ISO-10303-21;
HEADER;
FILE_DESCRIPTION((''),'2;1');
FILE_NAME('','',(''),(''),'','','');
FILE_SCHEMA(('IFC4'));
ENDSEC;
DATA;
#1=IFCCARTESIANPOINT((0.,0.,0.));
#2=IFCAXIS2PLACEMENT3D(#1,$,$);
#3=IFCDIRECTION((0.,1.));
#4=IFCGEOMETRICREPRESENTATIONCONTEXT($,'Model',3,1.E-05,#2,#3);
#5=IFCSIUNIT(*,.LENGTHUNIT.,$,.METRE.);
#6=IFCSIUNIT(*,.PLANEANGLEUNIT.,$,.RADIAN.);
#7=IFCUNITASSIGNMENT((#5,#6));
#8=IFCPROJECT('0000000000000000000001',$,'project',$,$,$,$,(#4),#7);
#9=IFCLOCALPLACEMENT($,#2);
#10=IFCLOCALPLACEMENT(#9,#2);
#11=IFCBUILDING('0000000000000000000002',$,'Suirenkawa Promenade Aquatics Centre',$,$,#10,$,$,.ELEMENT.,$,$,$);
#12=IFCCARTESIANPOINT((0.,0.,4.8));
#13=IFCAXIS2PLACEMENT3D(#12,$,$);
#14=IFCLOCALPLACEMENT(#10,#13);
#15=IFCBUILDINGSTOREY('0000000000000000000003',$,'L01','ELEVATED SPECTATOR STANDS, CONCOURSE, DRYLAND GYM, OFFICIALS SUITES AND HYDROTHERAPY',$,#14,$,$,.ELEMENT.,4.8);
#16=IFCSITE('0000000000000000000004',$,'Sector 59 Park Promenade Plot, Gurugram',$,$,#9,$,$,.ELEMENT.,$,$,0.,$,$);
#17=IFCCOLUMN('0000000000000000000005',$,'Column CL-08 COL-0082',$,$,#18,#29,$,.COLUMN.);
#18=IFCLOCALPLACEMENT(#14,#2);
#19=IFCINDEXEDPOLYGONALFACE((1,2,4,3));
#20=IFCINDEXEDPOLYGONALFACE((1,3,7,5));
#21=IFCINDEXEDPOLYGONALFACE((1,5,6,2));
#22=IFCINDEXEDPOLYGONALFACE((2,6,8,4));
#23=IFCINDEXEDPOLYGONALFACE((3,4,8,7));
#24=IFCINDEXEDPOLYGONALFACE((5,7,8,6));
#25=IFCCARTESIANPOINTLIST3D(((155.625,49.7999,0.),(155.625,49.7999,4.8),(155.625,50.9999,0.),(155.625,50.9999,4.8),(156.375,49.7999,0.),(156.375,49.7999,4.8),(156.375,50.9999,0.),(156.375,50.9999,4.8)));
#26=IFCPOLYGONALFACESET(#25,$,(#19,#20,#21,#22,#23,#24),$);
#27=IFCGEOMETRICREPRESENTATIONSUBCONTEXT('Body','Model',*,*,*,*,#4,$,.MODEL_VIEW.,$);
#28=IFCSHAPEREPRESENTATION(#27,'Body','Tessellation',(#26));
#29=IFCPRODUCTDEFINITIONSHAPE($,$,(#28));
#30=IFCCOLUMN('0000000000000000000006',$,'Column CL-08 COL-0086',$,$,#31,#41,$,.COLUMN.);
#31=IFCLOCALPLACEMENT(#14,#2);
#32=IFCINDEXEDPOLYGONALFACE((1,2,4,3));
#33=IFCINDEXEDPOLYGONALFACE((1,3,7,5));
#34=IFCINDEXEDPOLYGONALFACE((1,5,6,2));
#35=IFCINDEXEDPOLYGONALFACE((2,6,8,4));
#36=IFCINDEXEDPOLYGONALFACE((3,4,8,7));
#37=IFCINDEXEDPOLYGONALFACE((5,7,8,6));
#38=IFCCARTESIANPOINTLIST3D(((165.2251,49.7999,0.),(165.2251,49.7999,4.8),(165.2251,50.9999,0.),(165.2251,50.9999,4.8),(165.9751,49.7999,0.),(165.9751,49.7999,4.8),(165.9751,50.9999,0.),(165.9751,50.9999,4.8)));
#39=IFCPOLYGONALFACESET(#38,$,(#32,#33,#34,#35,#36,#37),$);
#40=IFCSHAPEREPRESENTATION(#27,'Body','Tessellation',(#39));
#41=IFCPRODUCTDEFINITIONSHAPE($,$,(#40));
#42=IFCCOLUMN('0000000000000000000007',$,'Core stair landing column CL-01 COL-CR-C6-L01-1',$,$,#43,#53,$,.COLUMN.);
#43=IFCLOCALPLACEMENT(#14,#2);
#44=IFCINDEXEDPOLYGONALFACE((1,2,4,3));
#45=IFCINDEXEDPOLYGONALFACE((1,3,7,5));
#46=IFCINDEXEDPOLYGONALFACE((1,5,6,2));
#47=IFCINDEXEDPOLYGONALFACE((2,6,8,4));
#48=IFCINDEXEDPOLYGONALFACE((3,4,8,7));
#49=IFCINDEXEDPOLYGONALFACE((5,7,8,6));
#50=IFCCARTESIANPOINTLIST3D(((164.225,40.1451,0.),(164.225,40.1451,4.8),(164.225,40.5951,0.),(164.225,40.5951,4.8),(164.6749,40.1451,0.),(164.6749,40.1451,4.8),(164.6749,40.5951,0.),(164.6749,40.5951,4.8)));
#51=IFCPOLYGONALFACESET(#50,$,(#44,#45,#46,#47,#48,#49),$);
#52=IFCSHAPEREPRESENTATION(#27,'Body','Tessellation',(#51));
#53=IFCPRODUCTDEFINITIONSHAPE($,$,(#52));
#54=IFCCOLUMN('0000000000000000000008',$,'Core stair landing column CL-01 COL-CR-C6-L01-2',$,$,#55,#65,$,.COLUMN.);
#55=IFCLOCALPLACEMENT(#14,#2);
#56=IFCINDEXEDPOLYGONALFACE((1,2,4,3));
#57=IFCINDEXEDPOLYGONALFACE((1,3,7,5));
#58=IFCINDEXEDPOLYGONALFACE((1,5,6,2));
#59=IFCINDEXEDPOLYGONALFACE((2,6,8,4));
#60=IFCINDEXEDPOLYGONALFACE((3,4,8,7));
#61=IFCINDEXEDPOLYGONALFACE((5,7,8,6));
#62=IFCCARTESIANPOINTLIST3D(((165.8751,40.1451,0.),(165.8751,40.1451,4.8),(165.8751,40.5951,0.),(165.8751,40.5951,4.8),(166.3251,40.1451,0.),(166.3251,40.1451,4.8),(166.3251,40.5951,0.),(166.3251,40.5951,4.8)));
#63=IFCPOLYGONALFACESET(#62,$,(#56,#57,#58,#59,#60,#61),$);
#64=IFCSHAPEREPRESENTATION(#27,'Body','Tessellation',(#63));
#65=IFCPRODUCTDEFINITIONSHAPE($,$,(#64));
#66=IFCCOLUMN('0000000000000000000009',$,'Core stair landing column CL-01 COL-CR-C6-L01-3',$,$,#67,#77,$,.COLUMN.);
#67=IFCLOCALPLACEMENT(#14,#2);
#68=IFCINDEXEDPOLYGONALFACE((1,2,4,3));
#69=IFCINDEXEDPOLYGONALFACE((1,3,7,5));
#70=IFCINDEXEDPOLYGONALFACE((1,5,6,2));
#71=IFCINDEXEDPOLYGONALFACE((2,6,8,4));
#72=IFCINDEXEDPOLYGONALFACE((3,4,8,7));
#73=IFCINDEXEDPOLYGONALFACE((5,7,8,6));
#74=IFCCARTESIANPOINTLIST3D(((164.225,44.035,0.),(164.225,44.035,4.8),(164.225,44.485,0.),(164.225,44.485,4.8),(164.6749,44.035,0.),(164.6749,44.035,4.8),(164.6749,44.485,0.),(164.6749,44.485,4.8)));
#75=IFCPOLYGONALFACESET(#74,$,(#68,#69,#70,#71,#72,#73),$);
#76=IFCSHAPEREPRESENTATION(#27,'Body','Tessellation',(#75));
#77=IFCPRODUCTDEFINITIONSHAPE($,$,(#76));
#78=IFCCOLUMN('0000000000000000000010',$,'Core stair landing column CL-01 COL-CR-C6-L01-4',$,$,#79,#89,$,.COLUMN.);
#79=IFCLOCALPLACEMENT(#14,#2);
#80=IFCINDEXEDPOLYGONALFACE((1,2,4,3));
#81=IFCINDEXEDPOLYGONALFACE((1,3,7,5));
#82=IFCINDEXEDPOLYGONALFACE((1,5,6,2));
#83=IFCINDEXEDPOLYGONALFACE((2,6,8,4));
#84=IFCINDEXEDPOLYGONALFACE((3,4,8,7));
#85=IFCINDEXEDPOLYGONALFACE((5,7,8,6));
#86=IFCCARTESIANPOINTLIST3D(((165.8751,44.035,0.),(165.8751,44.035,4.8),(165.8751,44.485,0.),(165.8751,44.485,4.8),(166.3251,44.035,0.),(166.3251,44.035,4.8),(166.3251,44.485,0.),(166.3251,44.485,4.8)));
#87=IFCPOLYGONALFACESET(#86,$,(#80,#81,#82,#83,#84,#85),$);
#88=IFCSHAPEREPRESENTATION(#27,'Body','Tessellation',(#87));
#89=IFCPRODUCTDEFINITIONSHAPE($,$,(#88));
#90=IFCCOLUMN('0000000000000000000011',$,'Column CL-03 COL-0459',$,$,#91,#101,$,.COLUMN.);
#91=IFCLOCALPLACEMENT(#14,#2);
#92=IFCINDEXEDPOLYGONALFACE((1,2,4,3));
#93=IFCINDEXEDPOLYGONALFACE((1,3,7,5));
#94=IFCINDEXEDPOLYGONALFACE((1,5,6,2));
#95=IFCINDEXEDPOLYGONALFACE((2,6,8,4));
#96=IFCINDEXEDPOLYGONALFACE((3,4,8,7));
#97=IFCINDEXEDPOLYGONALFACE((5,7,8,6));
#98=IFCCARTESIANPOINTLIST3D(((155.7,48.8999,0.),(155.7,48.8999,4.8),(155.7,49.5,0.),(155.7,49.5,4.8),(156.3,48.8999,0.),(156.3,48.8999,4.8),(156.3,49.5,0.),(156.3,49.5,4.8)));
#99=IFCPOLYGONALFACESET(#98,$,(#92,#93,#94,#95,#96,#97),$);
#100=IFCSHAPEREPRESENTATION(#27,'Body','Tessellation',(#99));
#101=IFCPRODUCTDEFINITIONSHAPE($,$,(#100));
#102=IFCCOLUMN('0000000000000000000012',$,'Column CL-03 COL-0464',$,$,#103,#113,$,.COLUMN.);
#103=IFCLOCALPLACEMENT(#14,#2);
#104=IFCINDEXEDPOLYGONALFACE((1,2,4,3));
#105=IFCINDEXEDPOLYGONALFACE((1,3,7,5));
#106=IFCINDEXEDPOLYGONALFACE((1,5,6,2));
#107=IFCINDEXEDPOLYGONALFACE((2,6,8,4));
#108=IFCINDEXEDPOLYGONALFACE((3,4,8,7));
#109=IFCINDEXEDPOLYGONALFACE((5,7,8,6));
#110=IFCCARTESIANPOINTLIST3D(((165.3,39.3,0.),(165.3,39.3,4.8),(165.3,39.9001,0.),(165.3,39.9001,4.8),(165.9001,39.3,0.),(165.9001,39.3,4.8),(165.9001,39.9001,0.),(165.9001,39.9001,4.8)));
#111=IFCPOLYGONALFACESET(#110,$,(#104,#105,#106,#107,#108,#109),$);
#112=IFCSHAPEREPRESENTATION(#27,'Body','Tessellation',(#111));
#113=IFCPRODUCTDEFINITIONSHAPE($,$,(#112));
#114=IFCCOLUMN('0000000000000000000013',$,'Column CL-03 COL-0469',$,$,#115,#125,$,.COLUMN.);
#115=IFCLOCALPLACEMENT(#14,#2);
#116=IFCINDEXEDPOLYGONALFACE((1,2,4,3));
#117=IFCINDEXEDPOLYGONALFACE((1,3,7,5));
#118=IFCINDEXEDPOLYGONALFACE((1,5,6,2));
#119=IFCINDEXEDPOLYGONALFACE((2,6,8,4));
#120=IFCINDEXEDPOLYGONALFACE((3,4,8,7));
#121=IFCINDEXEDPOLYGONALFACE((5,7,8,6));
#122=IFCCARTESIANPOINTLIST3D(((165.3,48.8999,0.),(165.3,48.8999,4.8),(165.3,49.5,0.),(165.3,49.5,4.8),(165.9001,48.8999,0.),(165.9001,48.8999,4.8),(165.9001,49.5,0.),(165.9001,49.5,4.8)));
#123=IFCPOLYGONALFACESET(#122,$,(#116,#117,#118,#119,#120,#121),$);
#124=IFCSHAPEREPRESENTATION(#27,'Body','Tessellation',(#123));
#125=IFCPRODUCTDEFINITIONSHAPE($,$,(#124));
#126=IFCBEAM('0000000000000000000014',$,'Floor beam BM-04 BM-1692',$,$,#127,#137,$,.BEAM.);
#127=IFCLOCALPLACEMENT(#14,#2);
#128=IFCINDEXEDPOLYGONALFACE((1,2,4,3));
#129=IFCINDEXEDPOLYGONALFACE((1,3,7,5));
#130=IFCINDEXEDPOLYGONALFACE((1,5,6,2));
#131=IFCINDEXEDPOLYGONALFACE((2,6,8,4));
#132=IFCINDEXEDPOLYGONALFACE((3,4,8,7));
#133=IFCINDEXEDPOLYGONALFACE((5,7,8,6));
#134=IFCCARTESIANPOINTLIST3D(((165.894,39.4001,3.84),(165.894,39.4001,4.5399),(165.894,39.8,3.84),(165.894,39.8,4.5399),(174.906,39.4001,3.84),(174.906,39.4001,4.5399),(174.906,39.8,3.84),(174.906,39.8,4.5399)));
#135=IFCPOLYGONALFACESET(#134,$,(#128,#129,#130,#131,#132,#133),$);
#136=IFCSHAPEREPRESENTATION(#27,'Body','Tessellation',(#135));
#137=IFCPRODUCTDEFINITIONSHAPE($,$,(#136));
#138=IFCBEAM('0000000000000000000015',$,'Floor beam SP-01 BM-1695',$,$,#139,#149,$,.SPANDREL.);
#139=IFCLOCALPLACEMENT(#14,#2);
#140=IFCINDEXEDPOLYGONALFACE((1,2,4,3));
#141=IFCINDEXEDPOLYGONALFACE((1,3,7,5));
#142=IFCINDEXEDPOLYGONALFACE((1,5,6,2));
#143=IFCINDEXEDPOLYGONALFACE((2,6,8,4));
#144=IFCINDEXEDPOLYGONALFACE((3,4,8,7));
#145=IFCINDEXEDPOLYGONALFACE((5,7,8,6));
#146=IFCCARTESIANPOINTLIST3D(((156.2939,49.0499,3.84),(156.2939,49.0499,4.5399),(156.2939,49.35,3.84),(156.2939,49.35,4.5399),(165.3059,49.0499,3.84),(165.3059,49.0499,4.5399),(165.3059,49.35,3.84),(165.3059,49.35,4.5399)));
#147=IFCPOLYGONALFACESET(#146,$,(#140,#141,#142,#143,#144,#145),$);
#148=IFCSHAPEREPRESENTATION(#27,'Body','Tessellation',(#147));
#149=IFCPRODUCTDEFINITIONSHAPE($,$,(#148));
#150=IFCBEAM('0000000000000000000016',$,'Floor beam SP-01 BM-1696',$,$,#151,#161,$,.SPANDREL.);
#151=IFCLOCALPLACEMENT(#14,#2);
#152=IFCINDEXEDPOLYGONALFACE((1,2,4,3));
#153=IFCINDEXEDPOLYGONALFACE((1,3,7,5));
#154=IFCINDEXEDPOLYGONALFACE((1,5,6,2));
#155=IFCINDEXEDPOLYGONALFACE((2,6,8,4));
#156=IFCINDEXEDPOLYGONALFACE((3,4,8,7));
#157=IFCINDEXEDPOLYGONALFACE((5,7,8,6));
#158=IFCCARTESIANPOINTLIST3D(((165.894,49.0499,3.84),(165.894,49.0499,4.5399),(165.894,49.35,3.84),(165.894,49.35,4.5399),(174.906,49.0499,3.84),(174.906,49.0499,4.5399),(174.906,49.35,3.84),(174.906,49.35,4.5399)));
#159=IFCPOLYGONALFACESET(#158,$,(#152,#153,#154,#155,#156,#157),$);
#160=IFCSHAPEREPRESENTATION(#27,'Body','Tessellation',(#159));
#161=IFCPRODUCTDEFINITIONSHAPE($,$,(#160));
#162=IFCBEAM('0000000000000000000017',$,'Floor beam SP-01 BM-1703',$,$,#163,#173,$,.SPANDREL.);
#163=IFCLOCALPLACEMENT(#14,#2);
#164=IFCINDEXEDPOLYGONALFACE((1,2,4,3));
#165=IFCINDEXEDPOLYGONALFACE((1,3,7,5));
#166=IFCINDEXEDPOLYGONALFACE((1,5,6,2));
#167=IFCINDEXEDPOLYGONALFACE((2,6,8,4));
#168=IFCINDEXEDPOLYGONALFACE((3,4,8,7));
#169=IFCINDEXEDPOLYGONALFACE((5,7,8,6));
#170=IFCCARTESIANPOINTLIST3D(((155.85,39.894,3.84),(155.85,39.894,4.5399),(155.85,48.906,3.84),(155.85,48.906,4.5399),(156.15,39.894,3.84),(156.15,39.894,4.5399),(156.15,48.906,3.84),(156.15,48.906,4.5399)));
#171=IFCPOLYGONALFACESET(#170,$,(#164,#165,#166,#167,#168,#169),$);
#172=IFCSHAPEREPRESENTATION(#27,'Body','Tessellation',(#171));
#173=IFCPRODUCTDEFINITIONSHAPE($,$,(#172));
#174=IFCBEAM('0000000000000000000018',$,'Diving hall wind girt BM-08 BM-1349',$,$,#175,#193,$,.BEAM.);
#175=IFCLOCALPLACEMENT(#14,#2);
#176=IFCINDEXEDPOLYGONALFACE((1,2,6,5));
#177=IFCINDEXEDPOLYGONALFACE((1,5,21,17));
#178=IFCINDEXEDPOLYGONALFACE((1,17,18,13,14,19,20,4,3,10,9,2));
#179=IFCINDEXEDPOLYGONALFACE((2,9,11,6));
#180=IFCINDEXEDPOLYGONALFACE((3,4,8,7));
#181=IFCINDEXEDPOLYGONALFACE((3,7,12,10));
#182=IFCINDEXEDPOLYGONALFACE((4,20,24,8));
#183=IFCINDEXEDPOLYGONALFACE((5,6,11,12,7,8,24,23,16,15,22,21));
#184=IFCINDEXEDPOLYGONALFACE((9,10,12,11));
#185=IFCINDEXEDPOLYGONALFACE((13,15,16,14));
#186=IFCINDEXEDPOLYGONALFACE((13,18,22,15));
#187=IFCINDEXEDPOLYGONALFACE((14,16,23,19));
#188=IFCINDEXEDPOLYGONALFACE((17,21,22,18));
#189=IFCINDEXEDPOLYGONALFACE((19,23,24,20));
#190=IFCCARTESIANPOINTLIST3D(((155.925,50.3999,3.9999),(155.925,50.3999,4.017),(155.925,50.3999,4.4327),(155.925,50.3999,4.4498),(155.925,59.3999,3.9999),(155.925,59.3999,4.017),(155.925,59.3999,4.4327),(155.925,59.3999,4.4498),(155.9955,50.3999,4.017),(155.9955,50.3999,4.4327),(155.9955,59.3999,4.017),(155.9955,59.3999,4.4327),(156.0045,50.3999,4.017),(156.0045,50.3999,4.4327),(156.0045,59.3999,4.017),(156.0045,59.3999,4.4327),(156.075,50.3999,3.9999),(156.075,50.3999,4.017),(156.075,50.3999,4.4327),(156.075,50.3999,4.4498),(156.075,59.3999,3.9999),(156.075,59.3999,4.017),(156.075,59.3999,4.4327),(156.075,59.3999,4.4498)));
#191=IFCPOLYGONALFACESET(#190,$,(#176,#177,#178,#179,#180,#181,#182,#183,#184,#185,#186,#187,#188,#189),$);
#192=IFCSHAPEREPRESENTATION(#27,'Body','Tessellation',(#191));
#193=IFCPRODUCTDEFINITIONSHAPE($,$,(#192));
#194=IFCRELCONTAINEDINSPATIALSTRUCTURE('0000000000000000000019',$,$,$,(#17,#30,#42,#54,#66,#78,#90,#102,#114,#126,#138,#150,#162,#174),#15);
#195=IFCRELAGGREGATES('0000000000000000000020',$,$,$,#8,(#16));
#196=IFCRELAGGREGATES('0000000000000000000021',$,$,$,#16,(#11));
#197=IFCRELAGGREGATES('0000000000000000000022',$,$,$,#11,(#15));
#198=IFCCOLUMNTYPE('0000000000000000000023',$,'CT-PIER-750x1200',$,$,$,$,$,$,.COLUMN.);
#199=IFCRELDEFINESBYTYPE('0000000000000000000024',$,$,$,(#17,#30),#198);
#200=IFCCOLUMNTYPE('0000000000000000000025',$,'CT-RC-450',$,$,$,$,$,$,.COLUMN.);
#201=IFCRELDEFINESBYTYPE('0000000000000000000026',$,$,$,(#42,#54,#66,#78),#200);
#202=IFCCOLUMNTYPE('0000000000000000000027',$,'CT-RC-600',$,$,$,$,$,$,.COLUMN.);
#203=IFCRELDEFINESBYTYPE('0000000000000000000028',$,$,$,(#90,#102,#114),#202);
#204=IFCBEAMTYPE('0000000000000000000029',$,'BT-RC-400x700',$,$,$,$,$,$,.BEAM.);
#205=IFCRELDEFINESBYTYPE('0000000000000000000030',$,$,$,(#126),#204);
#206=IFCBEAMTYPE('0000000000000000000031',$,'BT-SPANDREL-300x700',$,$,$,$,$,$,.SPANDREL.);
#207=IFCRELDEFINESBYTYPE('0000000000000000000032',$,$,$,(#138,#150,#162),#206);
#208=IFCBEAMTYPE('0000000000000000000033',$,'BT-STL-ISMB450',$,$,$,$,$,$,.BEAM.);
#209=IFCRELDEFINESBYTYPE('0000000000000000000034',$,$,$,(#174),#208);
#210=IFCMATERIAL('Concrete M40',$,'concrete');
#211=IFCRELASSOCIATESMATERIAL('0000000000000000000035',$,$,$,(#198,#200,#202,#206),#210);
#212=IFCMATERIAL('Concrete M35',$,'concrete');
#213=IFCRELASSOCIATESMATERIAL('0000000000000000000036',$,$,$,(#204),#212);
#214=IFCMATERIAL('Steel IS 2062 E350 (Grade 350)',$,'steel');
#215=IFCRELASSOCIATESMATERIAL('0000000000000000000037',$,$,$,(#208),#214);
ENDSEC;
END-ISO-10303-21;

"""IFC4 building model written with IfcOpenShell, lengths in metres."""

from ifc_helpers import new_model, si_unit, direction, frame, origin, origin_2d, place, context, subcontext, project, spatial, rectangle, i_section, extrude, material, material_profile, profile_set, type_object, element, save


model = new_model("IFC4")

# Units and contexts
model_context = context("Model", 3, precision=1e-05, world=origin(), true_north=direction((0.0, 1.0)))
body_context = subcontext(model_context, "Body", "Model", "MODEL_VIEW")
ifc_project = project(units=[si_unit("LENGTHUNIT", "METRE"), si_unit("PLANEANGLEUNIT", "RADIAN")], contexts=[model_context])

# Site, building, storey
site_placement = place(None, origin())
site = spatial("IfcSite", under=ifc_project, at=site_placement, Name="Sector 59 Park Promenade Plot, Gurugram", CompositionType="ELEMENT", RefElevation=0.0)
building_placement = place(site_placement, origin())
building = spatial("IfcBuilding", under=site, at=building_placement, Name="Suirenkawa Promenade Aquatics Centre", CompositionType="ELEMENT")
storey_placement = place(building_placement, frame((0.0, 0.0, 4.8)))
storey = spatial("IfcBuildingStorey", under=building, at=storey_placement, Name="L01", Description="ELEVATED SPECTATOR STANDS, CONCOURSE, DRYLAND GYM, OFFICIALS SUITES AND HYDROTHERAPY", CompositionType="ELEMENT", Elevation=4.8)

# Columns
ifc_material_1 = material(Name="Concrete M40", Category="concrete")
ifc_material_profile_1 = material_profile(ifc_material_1, rectangle(XDim=0.75, YDim=1.2, at=origin_2d()), Name="RC PIER 750x1200", Category="concrete")
ifc_profile_set_1 = profile_set([ifc_material_profile_1], Name="Concrete M40")
column_type_1 = type_object("IfcColumnType", Name="CT-PIER-750x1200", PredefinedType="COLUMN", material=ifc_profile_set_1)
for number, where, z_axis, x_axis, name in (
    (1, (156.0, 50.3999, 0.0), (0.0, 0.0, 1.0), (1.0, 0.0, 0.0), "Column CL-08 COL-0082"),
    (2, (165.6001, 50.3999, 0.0), (0.0, 0.0, 1.0), (1.0, 0.0, 0.0), "Column CL-08 COL-0086"),
):
    element("IfcColumn", number, at=place(storey_placement, frame(where, z_axis=z_axis, x_axis=x_axis)), inside=storey, type_object=column_type_1, Name=name, PredefinedType="COLUMN", context=body_context, shape_type="SweptSolid", body=[
        extrude(rectangle(XDim=0.75, YDim=1.2, at=origin_2d()), origin(), (0.0, 0.0, 1.0), 4.8),
    ])
ifc_material_profile_2 = material_profile(ifc_material_1, rectangle(XDim=0.45, YDim=0.45, at=origin_2d()), Name="RC COL 450x450", Category="concrete")
ifc_profile_set_2 = profile_set([ifc_material_profile_2], Name="Concrete M40")
column_type_2 = type_object("IfcColumnType", Name="CT-RC-450", PredefinedType="COLUMN", material=ifc_profile_set_2)
for number, where, z_axis, x_axis, name in (
    (3, (164.45, 40.3701, 0.0), (0.0, 0.0, 1.0), (1.0, 0.0, 0.0), "Core stair landing column CL-01 COL-CR-C6-L01-1"),
    (4, (166.1001, 40.3701, 0.0), (0.0, 0.0, 1.0), (1.0, 0.0, 0.0), "Core stair landing column CL-01 COL-CR-C6-L01-2"),
    (5, (164.45, 44.26, 0.0), (0.0, 0.0, 1.0), (1.0, 0.0, 0.0), "Core stair landing column CL-01 COL-CR-C6-L01-3"),
    (6, (166.1001, 44.26, 0.0), (0.0, 0.0, 1.0), (1.0, 0.0, 0.0), "Core stair landing column CL-01 COL-CR-C6-L01-4"),
):
    element("IfcColumn", number, at=place(storey_placement, frame(where, z_axis=z_axis, x_axis=x_axis)), inside=storey, type_object=column_type_2, Name=name, PredefinedType="COLUMN", context=body_context, shape_type="SweptSolid", body=[
        extrude(rectangle(XDim=0.45, YDim=0.45, at=origin_2d()), origin(), (0.0, 0.0, 1.0), 4.8),
    ])
ifc_material_profile_3 = material_profile(ifc_material_1, rectangle(XDim=0.6001, YDim=0.6001, at=origin_2d()), Name="RC COL 600x600", Category="concrete")
ifc_profile_set_3 = profile_set([ifc_material_profile_3], Name="Concrete M40")
column_type_3 = type_object("IfcColumnType", Name="CT-RC-600", PredefinedType="COLUMN", material=ifc_profile_set_3)
for number, where, z_axis, x_axis, name in (
    (7, (156.0, 49.2, 0.0), (0.0, 0.0, 1.0), (1.0, 0.0, 0.0), "Column CL-03 COL-0459"),
    (8, (165.6001, 39.6001, 0.0), (0.0, 0.0, 1.0), (1.0, 0.0, 0.0), "Column CL-03 COL-0464"),
    (9, (165.6001, 49.2, 0.0), (0.0, 0.0, 1.0), (1.0, 0.0, 0.0), "Column CL-03 COL-0469"),
):
    element("IfcColumn", number, at=place(storey_placement, frame(where, z_axis=z_axis, x_axis=x_axis)), inside=storey, type_object=column_type_3, Name=name, PredefinedType="COLUMN", context=body_context, shape_type="SweptSolid", body=[
        extrude(rectangle(XDim=0.6001, YDim=0.6001, at=origin_2d()), origin(), (0.0, 0.0, 1.0), 4.8),
    ])

# Beams
ifc_material_2 = material(Name="Concrete M35", Category="concrete")
ifc_material_profile_4 = material_profile(ifc_material_2, rectangle(XDim=0.3999, YDim=0.7, at=origin_2d()), Name="RC BM 400x700", Category="concrete")
ifc_profile_set_4 = profile_set([ifc_material_profile_4], Name="Concrete M35")
beam_type_1 = type_object("IfcBeamType", Name="BT-RC-400x700", PredefinedType="BEAM", material=ifc_profile_set_4)
beam_1_placement = place(storey_placement, frame((165.894, 39.6001, 4.1899), z_axis=(1.0, 0.0, 0.0), x_axis=(0.0, 1.0, 0.0)))
element("IfcBeam", 10, at=beam_1_placement, inside=storey, type_object=beam_type_1, Name="Floor beam BM-04 BM-1692", PredefinedType="BEAM", context=body_context, shape_type="SweptSolid", body=[
    extrude(rectangle(XDim=0.3999, YDim=0.7, at=origin_2d()), origin(), (0.0, 0.0, 1.0), 9.012),
])
ifc_material_profile_5 = material_profile(ifc_material_1, rectangle(XDim=0.3, YDim=0.7, at=origin_2d()), Name="RC SPANDREL 300x700", Category="concrete")
ifc_profile_set_5 = profile_set([ifc_material_profile_5], Name="Concrete M40")
beam_type_2 = type_object("IfcBeamType", Name="BT-SPANDREL-300x700", PredefinedType="SPANDREL", material=ifc_profile_set_5)
for number, where, z_axis, x_axis, name in (
    (11, (156.2939, 49.2, 4.1899), (1.0, 0.0, 0.0), (0.0, 1.0, 0.0), "Floor beam SP-01 BM-1695"),
    (12, (165.894, 49.2, 4.1899), (1.0, 0.0, 0.0), (0.0, 1.0, 0.0), "Floor beam SP-01 BM-1696"),
    (13, (156.0, 39.894, 4.1899), (0.0, 1.0, 0.0), (-1.0, 0.0, 0.0), "Floor beam SP-01 BM-1703"),
):
    element("IfcBeam", number, at=place(storey_placement, frame(where, z_axis=z_axis, x_axis=x_axis)), inside=storey, type_object=beam_type_2, Name=name, PredefinedType="SPANDREL", context=body_context, shape_type="SweptSolid", body=[
        extrude(rectangle(XDim=0.3, YDim=0.7, at=origin_2d()), origin(), (0.0, 0.0, 1.0), 9.012),
    ])
ifc_material_3 = material(Name="Steel IS 2062 E350 (Grade 350)", Category="steel")
ifc_material_profile_6 = material_profile(ifc_material_3, i_section(OverallWidth=0.1499, OverallDepth=0.45, WebThickness=0.009, FlangeThickness=0.0171, at=origin_2d()), Name="ISMB 450", Category="steel")
ifc_profile_set_6 = profile_set([ifc_material_profile_6], Name="Steel IS 2062 E350 (Grade 350)")
beam_type_3 = type_object("IfcBeamType", Name="BT-STL-ISMB450", PredefinedType="BEAM", material=ifc_profile_set_6)
beam_2_placement = place(storey_placement, frame((156.0, 50.3999, 4.2249), z_axis=(0.0, 1.0, 0.0), x_axis=(-1.0, 0.0, 0.0)))
element("IfcBeam", 14, at=beam_2_placement, inside=storey, type_object=beam_type_3, Name="Diving hall wind girt BM-08 BM-1349", PredefinedType="BEAM", context=body_context, shape_type="SweptSolid", body=[
    extrude(i_section(OverallWidth=0.1499, OverallDepth=0.45, WebThickness=0.009, FlangeThickness=0.0171, at=origin_2d()), origin(), (0.0, 0.0, 1.0), 9.0),
])

save(model, "model.ifc")
